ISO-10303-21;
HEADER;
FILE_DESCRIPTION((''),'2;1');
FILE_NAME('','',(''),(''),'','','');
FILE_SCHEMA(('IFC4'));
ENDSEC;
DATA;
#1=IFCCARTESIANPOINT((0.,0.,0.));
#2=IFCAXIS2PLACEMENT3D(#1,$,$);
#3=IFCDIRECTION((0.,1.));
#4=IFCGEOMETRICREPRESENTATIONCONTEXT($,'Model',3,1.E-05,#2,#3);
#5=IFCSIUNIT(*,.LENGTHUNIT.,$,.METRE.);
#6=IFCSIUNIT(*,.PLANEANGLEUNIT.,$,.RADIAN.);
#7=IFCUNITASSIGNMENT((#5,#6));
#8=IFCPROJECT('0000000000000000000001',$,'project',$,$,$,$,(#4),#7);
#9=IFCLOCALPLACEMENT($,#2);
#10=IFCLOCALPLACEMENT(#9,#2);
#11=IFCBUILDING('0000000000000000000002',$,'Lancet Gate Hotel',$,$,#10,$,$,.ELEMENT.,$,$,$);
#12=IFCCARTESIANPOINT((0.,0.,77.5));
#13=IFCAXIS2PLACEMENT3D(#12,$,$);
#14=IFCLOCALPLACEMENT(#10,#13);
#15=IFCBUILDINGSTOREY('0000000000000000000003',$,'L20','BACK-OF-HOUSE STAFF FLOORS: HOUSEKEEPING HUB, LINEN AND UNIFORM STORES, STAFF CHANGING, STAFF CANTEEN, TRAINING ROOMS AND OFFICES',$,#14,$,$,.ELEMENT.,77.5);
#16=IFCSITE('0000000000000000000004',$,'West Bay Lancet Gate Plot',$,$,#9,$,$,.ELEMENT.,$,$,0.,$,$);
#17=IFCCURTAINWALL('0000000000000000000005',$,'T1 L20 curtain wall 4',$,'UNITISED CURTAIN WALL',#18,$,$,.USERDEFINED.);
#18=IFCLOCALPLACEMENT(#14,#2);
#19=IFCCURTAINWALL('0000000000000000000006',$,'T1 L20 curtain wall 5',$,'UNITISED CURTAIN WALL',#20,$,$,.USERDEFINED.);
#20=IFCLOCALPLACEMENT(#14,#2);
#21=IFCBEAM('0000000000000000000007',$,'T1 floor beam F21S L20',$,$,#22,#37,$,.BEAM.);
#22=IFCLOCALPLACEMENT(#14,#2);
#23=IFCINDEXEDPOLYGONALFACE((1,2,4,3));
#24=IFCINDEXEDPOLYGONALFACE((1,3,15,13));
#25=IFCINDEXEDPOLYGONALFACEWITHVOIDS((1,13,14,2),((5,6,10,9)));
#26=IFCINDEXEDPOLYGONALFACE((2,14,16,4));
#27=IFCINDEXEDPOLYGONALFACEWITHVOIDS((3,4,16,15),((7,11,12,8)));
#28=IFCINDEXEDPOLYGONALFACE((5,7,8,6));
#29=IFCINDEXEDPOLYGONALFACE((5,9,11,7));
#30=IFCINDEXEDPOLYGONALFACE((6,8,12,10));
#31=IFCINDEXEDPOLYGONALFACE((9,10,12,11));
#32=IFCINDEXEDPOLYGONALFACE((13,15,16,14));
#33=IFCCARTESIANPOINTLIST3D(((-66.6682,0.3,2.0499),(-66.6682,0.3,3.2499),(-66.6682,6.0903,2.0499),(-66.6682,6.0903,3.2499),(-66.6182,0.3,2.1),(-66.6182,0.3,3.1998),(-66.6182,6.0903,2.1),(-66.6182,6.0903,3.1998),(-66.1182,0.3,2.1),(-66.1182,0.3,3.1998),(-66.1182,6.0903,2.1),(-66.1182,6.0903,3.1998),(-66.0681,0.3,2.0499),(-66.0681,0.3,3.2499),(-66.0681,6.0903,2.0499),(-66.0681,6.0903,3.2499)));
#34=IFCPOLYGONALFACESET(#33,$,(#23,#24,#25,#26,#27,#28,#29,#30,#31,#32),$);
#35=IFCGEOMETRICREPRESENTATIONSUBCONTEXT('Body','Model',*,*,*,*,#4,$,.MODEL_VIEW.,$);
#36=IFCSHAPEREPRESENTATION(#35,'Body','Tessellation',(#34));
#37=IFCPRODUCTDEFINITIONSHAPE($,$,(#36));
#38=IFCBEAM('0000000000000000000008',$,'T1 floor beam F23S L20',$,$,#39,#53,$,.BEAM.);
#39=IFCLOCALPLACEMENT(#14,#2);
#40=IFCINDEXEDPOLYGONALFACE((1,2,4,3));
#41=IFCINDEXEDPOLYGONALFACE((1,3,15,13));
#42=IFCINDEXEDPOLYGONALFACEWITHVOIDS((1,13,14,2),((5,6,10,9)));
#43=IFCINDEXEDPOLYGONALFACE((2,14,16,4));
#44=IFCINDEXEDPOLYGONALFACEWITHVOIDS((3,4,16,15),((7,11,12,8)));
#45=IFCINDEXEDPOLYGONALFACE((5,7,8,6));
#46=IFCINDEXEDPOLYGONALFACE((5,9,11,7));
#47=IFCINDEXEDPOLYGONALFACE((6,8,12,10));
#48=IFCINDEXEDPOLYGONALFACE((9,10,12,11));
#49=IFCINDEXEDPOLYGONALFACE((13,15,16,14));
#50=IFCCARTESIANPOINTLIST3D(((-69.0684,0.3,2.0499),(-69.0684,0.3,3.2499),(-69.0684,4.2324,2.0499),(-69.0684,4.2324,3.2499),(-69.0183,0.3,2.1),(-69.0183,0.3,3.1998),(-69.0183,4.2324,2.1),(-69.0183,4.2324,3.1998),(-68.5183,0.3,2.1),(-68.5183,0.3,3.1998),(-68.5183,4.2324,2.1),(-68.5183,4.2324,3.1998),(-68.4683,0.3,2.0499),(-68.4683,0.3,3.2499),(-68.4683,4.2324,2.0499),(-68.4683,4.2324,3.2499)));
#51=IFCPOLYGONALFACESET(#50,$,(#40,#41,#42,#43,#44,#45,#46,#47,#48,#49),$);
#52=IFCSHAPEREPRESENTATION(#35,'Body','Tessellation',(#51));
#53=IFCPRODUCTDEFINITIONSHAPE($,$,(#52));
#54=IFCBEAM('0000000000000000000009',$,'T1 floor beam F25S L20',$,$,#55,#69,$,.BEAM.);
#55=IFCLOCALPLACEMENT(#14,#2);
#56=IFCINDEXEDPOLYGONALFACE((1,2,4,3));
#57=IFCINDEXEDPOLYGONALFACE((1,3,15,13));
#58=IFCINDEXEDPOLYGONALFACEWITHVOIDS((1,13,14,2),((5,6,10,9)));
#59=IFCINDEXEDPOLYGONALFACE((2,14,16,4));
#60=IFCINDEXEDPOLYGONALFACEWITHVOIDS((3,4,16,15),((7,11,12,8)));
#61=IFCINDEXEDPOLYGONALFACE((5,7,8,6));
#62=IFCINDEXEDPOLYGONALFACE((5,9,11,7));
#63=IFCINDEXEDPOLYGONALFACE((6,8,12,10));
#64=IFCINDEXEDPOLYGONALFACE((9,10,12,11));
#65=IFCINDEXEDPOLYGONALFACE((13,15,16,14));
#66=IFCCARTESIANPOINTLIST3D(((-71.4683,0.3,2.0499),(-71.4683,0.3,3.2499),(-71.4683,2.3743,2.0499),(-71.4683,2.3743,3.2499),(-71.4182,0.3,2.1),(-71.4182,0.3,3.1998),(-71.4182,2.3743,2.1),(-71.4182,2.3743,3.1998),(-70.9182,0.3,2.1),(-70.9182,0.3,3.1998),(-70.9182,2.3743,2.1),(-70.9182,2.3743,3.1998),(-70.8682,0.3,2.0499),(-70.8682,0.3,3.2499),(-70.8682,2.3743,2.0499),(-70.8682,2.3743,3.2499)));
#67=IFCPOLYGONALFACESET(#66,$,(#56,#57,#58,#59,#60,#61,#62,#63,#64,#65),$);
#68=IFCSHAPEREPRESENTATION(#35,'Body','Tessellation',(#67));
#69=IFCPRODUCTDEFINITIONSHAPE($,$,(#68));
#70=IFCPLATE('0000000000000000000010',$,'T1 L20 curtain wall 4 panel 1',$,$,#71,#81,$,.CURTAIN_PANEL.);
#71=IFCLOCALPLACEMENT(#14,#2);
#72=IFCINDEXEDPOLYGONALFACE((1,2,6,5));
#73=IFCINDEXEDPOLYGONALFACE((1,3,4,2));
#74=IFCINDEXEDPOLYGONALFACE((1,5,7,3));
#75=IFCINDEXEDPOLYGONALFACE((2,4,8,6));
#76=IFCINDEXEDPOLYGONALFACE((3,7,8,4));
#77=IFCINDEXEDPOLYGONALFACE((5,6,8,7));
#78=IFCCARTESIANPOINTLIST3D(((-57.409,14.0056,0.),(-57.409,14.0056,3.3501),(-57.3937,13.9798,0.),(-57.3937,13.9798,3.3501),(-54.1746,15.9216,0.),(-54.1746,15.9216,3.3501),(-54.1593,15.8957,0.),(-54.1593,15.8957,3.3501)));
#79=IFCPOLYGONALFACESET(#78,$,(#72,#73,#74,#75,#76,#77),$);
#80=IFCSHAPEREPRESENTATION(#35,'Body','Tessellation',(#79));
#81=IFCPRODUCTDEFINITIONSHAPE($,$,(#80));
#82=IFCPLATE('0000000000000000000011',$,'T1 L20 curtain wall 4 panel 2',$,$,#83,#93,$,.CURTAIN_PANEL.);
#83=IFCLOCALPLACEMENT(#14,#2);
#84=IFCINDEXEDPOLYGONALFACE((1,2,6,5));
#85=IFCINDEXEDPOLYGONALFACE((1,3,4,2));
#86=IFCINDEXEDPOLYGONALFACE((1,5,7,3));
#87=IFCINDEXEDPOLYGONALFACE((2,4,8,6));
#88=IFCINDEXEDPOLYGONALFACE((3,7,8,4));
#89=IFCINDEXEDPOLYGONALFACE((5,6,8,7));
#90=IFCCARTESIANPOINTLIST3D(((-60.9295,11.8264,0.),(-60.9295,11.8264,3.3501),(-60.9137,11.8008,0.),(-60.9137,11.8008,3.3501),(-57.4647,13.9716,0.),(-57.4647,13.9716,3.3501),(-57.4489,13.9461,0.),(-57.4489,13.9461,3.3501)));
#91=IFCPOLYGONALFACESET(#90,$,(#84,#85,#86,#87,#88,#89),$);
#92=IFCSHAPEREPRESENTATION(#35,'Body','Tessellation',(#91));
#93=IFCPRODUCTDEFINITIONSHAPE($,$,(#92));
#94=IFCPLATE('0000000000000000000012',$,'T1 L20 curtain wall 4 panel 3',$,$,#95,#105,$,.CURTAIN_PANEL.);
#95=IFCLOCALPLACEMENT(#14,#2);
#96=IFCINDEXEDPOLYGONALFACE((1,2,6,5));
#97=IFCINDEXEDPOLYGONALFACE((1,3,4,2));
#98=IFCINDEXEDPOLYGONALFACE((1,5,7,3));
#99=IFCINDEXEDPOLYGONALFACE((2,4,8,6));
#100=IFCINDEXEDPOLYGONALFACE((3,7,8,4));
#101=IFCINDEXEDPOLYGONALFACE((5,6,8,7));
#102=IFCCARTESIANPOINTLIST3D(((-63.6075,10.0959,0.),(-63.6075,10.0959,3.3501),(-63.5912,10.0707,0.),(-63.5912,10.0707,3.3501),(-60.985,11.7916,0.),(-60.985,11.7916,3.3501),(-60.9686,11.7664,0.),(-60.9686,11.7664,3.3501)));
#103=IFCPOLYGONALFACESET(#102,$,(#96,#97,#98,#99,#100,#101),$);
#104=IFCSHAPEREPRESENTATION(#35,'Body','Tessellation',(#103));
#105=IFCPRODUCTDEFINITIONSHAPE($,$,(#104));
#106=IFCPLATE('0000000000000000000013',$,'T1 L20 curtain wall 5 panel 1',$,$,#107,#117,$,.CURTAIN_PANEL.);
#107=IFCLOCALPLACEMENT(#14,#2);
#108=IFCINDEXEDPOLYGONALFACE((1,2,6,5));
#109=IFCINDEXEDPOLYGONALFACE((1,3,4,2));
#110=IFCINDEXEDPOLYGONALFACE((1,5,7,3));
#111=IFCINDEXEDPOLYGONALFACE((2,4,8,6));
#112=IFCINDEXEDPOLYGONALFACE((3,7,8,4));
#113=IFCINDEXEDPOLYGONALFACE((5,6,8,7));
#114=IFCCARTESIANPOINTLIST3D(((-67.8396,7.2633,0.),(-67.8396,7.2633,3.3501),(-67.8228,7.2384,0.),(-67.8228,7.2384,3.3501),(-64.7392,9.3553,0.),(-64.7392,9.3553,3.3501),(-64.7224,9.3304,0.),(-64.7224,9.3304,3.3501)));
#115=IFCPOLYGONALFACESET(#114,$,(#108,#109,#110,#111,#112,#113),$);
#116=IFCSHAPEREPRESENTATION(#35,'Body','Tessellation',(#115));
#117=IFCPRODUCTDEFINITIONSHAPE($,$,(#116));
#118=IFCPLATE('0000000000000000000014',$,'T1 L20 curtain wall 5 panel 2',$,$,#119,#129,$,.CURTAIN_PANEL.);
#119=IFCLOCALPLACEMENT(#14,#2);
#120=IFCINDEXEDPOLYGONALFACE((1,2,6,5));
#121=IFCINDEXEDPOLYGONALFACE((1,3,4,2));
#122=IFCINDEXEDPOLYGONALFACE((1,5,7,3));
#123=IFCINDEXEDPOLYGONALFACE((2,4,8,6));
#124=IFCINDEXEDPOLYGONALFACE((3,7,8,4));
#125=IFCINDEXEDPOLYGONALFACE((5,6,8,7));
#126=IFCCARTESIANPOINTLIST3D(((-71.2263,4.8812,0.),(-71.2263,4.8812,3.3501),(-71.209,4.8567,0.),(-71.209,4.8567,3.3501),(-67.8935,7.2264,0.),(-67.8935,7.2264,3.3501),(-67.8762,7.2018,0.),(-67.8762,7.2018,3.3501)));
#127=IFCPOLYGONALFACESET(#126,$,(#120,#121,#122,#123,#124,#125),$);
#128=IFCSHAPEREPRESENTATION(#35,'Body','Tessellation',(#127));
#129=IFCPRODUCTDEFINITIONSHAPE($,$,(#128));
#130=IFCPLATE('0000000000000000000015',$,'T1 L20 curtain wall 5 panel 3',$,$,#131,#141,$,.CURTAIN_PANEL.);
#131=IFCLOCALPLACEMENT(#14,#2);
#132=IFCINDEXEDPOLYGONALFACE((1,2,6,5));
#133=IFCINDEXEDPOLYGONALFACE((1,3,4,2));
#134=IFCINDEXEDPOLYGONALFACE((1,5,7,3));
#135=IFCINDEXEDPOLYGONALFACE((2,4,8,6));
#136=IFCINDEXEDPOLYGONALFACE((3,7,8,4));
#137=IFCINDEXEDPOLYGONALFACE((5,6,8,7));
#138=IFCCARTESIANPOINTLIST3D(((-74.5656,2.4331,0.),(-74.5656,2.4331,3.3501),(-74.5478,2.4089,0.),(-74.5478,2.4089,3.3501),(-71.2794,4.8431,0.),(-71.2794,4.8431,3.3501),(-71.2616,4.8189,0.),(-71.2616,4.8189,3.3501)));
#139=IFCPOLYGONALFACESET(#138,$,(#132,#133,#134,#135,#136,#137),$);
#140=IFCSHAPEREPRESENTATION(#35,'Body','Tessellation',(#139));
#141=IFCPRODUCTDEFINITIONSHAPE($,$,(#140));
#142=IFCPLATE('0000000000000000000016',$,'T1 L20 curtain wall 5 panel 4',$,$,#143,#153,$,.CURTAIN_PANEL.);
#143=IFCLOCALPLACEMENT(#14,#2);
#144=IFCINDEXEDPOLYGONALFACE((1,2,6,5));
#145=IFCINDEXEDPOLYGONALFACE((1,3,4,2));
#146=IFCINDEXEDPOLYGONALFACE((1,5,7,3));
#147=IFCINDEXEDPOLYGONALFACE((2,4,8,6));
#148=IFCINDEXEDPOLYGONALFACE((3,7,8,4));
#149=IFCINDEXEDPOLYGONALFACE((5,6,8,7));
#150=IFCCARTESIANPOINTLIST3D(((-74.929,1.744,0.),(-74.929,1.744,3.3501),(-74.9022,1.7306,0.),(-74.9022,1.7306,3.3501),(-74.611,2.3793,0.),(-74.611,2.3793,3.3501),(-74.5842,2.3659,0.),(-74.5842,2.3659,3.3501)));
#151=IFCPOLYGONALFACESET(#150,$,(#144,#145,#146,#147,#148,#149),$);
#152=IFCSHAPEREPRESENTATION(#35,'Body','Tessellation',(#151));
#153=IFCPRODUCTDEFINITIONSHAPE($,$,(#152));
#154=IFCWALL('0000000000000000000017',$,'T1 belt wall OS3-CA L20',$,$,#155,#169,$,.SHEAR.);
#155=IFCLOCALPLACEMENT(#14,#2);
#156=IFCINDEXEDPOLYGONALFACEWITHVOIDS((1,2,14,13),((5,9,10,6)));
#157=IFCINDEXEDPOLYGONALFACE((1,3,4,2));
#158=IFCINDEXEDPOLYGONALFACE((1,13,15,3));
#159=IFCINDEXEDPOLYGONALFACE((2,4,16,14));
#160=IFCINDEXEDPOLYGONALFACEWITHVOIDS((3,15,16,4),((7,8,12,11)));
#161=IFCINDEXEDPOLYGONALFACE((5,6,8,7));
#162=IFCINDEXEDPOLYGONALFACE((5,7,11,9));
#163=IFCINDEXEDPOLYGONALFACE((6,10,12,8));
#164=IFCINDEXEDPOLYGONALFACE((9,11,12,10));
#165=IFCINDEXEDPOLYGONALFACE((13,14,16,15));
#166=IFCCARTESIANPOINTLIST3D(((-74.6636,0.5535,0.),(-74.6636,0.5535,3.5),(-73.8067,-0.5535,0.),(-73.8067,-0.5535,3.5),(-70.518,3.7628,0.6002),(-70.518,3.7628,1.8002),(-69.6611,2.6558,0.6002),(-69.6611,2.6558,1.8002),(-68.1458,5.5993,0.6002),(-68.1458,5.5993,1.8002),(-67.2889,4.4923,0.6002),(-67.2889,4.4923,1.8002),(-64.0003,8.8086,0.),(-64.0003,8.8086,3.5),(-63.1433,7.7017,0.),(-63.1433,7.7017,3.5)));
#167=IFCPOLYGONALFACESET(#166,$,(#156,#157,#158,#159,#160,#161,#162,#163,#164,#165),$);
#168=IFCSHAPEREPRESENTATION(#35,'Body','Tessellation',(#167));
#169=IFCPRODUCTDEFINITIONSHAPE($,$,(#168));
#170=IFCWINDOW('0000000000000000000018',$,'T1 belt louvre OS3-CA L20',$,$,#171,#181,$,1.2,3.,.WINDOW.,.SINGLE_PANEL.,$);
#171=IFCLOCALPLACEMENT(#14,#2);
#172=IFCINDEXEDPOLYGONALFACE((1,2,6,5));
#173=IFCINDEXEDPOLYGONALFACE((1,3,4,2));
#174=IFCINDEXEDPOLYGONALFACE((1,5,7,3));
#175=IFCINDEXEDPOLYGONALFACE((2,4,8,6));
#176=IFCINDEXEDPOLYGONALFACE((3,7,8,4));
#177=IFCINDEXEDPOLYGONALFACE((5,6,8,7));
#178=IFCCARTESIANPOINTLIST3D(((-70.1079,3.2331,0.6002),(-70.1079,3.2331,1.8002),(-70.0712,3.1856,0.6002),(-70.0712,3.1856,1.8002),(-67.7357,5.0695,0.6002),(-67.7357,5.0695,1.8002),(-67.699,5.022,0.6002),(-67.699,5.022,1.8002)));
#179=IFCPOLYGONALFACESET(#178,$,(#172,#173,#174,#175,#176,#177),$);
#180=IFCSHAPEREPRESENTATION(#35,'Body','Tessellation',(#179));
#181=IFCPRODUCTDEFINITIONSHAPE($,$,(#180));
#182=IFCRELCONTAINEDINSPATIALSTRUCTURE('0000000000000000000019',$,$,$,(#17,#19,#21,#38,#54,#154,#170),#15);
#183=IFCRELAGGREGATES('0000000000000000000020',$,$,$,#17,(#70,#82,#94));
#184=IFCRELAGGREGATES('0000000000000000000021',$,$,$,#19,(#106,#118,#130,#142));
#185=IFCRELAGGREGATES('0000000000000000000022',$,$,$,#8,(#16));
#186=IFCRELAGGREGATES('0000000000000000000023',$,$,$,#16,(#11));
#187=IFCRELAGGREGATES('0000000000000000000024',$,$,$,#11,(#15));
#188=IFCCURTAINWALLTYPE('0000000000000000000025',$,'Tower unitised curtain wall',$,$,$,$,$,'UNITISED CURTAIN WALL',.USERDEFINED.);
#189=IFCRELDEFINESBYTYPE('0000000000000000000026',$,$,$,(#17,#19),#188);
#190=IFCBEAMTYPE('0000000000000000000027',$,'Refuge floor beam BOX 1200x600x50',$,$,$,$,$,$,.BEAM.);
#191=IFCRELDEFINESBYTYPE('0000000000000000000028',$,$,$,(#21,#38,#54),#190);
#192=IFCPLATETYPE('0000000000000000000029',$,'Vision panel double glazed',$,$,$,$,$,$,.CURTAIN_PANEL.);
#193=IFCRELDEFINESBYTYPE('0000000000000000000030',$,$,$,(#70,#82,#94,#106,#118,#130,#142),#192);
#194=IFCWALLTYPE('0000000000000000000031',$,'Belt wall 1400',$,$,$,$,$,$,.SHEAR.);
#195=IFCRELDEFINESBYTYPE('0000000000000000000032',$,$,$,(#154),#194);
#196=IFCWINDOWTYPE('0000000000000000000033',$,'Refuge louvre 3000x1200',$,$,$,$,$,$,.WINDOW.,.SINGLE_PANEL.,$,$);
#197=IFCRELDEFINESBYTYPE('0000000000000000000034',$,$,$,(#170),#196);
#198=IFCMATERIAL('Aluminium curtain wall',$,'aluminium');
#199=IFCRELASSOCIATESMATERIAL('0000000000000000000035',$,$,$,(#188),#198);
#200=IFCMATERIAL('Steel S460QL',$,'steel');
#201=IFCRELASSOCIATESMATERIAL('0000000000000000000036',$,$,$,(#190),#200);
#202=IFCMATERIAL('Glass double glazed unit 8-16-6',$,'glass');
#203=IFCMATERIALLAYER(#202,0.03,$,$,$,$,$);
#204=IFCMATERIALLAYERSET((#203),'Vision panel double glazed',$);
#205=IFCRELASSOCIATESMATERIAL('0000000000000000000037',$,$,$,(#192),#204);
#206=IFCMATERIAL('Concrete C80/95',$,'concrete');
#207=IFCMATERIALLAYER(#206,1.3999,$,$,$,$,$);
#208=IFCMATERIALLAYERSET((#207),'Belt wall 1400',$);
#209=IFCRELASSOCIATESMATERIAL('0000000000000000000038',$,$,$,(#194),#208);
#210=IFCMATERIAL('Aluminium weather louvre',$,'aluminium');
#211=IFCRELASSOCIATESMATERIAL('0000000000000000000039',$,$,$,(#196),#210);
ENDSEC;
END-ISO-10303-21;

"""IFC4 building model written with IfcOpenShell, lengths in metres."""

from ifc_helpers import new_model, si_unit, direction, frame, frame_2d, origin, origin_2d, place, context, subcontext, project, spatial, rectangle, hollow_rectangle, extrude, material, layer, layer_set, material_profile, profile_set, type_object, element, fill, aggregate, save


model = new_model("IFC4")

# Units and contexts
model_context = context("Model", 3, precision=1e-05, world=origin(), true_north=direction((0.0, 1.0)))
body_context = subcontext(model_context, "Body", "Model", "MODEL_VIEW")
ifc_project = project(units=[si_unit("LENGTHUNIT", "METRE"), si_unit("PLANEANGLEUNIT", "RADIAN")], contexts=[model_context])

# Site, building, storey
site_placement = place(None, origin())
site = spatial("IfcSite", under=ifc_project, at=site_placement, Name="West Bay Lancet Gate Plot", CompositionType="ELEMENT", RefElevation=0.0)
building_placement = place(site_placement, origin())
building = spatial("IfcBuilding", under=site, at=building_placement, Name="Lancet Gate Hotel", CompositionType="ELEMENT")
storey_placement = place(building_placement, frame((0.0, 0.0, 77.5)))
storey = spatial("IfcBuildingStorey", under=building, at=storey_placement, Name="L20", Description="BACK-OF-HOUSE STAFF FLOORS: HOUSEKEEPING HUB, LINEN AND UNIFORM STORES, STAFF CHANGING, STAFF CANTEEN, TRAINING ROOMS AND OFFICES", CompositionType="ELEMENT", Elevation=77.5)

# Curtain walls
ifc_material_1 = material(Name="Aluminium curtain wall", Category="aluminium")
curtain_wall_type = type_object("IfcCurtainWallType", Name="Tower unitised curtain wall", ElementType="UNITISED CURTAIN WALL", PredefinedType="USERDEFINED", material=ifc_material_1)
curtain_wall_1_placement = place(storey_placement, origin())
curtain_wall_1 = element("IfcCurtainWall", 1, at=curtain_wall_1_placement, inside=storey, type_object=curtain_wall_type, Name="T1 L20 curtain wall 4", ObjectType="UNITISED CURTAIN WALL", PredefinedType="USERDEFINED")
curtain_wall_2_placement = place(storey_placement, origin())
curtain_wall_2 = element("IfcCurtainWall", 2, at=curtain_wall_2_placement, inside=storey, type_object=curtain_wall_type, Name="T1 L20 curtain wall 5", ObjectType="UNITISED CURTAIN WALL", PredefinedType="USERDEFINED")

# Beams
ifc_material_2 = material(Name="Steel S460QL", Category="steel")
ifc_material_profile_1 = material_profile(ifc_material_2, hollow_rectangle(XDim=0.6001, YDim=1.2, WallThickness=0.05, at=origin_2d()), Name="BOX 1200x600x50")
ifc_profile_set_1 = profile_set([ifc_material_profile_1], Name="Steel S460QL")
beam_type = type_object("IfcBeamType", Name="Refuge floor beam BOX 1200x600x50", PredefinedType="BEAM", material=ifc_profile_set_1)
beam_1_placement = place(storey_placement, frame((-66.3682, 6.0903, 2.6499), z_axis=(0.0, -1.0, 0.0), x_axis=(1.0, 0.0, 0.0)))
element("IfcBeam", 3, at=beam_1_placement, inside=storey, type_object=beam_type, Name="T1 floor beam F21S L20", PredefinedType="BEAM", context=body_context, shape_type="SweptSolid", body=[
    extrude(hollow_rectangle(XDim=0.6001, YDim=1.2, WallThickness=0.05, at=origin_2d()), origin(), (0.0, 0.0, 1.0), 5.7903),
])
beam_2_placement = place(storey_placement, frame((-68.7683, 4.2324, 2.6499), z_axis=(0.0, -1.0, 0.0), x_axis=(1.0, 0.0, 0.0)))
element("IfcBeam", 4, at=beam_2_placement, inside=storey, type_object=beam_type, Name="T1 floor beam F23S L20", PredefinedType="BEAM", context=body_context, shape_type="SweptSolid", body=[
    extrude(hollow_rectangle(XDim=0.6001, YDim=1.2, WallThickness=0.05, at=origin_2d()), origin(), (0.0, 0.0, 1.0), 3.9324),
])
beam_3_placement = place(storey_placement, frame((-71.1682, 2.3743, 2.6499), z_axis=(0.0, -1.0, 0.0), x_axis=(1.0, 0.0, 0.0)))
element("IfcBeam", 5, at=beam_3_placement, inside=storey, type_object=beam_type, Name="T1 floor beam F25S L20", PredefinedType="BEAM", context=body_context, shape_type="SweptSolid", body=[
    extrude(hollow_rectangle(XDim=0.6001, YDim=1.2, WallThickness=0.05, at=origin_2d()), origin(), (0.0, 0.0, 1.0), 2.0742),
])

# Plates
ifc_material_3 = material(Name="Glass double glazed unit 8-16-6", Category="glass")
ifc_layer_1 = layer(ifc_material_3, 0.03)
ifc_layer_set_1 = layer_set([ifc_layer_1], Name="Vision panel double glazed")
plate_type = type_object("IfcPlateType", Name="Vision panel double glazed", PredefinedType="CURTAIN_PANEL", material=ifc_layer_set_1)
plate_1_placement = place(storey_placement, frame((-55.7842, 14.9507, 0.0), z_axis=(0.0, 0.0, 1.0), x_axis=(-0.860382, -0.50965, 0.0)))
plate_1 = element("IfcPlate", 6, at=plate_1_placement, type_object=plate_type, Name="T1 L20 curtain wall 4 panel 1", PredefinedType="CURTAIN_PANEL", context=body_context, shape_type="SweptSolid", body=[
    extrude(rectangle(XDim=3.7593, YDim=0.03, at=origin_2d()), origin(), (0.0, 0.0, 1.0), 3.3501),
])
plate_2_placement = place(storey_placement, frame((-59.1892, 12.8862, 0.0), z_axis=(0.0, 0.0, 1.0), x_axis=(-0.850229, -0.526414, 0.0)))
plate_2 = element("IfcPlate", 7, at=plate_2_placement, type_object=plate_type, Name="T1 L20 curtain wall 4 panel 2", PredefinedType="CURTAIN_PANEL", context=body_context, shape_type="SweptSolid", body=[
    extrude(rectangle(XDim=4.0752, YDim=0.03, at=origin_2d()), origin(), (0.0, 0.0, 1.0), 3.3501),
])
plate_3_placement = place(storey_placement, frame((-62.2881, 10.9312, 0.0), z_axis=(0.0, 0.0, 1.0), x_axis=(-0.839749, -0.542975, 0.0)))
plate_3 = element("IfcPlate", 8, at=plate_3_placement, type_object=plate_type, Name="T1 L20 curtain wall 4 panel 3", PredefinedType="CURTAIN_PANEL", context=body_context, shape_type="SweptSolid", body=[
    extrude(rectangle(XDim=3.123, YDim=0.03, at=origin_2d()), origin(), (0.0, 0.0, 1.0), 3.3501),
])
aggregate(curtain_wall_1, [plate_1, plate_2, plate_3])
plate_4_placement = place(storey_placement, frame((-66.281, 8.2969, 0.0), z_axis=(0.0, 0.0, 1.0), x_axis=(-0.828946, -0.559329, 0.0)))
plate_4 = element("IfcPlate", 9, at=plate_4_placement, type_object=plate_type, Name="T1 L20 curtain wall 5 panel 1", PredefinedType="CURTAIN_PANEL", context=body_context, shape_type="SweptSolid", body=[
    extrude(rectangle(XDim=3.7402, YDim=0.03, at=origin_2d()), origin(), (0.0, 0.0, 1.0), 3.3501),
])
plate_5_placement = place(storey_placement, frame((-69.5513, 6.0415, 0.0), z_axis=(0.0, 0.0, 1.0), x_axis=(-0.817825, -0.575467, 0.0)))
plate_5 = element("IfcPlate", 10, at=plate_5_placement, type_object=plate_type, Name="T1 L20 curtain wall 5 panel 2", PredefinedType="CURTAIN_PANEL", context=body_context, shape_type="SweptSolid", body=[
    extrude(rectangle(XDim=4.0752, YDim=0.03, at=origin_2d()), origin(), (0.0, 0.0, 1.0), 3.3501),
])
plate_6_placement = place(storey_placement, frame((-72.9136, 3.626, 0.0), z_axis=(0.0, 0.0, 1.0), x_axis=(-0.80639, -0.591384, 0.0)))
plate_6 = element("IfcPlate", 11, at=plate_6_placement, type_object=plate_type, Name="T1 L20 curtain wall 5 panel 3", PredefinedType="CURTAIN_PANEL", context=body_context, shape_type="SweptSolid", body=[
    extrude(rectangle(XDim=4.0752, YDim=0.03, at=origin_2d()), origin(), (0.0, 0.0, 1.0), 3.3501),
])
plate_7_placement = place(storey_placement, frame((-74.7566, 2.0549, 0.0), z_axis=(0.0, 0.0, 1.0), x_axis=(-0.447628, -0.89422, 0.0)))
plate_7 = element("IfcPlate", 12, at=plate_7_placement, type_object=plate_type, Name="T1 L20 curtain wall 5 panel 4", PredefinedType="CURTAIN_PANEL", context=body_context, shape_type="SweptSolid", body=[
    extrude(rectangle(XDim=0.7104, YDim=0.03, at=origin_2d()), origin(), (0.0, 0.0, 1.0), 3.3501),
])
aggregate(curtain_wall_2, [plate_4, plate_5, plate_6, plate_7])

# Wall, opening, window
ifc_material_4 = material(Name="Concrete C80/95", Category="concrete")
ifc_layer_2 = layer(ifc_material_4, 1.3999)
ifc_layer_set_2 = layer_set([ifc_layer_2], Name="Belt wall 1400")
wall_type_1 = type_object("IfcWallType", Name="Belt wall 1400", PredefinedType="SHEAR", material=ifc_layer_set_2)
wall_1_placement = place(storey_placement, frame((-63.5718, 8.2551, 0.0), z_axis=(0.0, 0.0, 1.0), x_axis=(-0.790736, -0.612157, 0.0)))
wall_1 = element("IfcWall", 13, at=wall_1_placement, inside=storey, type_object=wall_type_1, Name="T1 belt wall OS3-CA L20", PredefinedType="SHEAR", context=body_context, shape_type="SweptSolid", body=[
    extrude(rectangle(XDim=13.4854, YDim=1.3999, at=frame_2d((6.7427, 0.0))), origin(), (0.0, 0.0, 1.0), 3.5),
])
opening_placement = place(wall_1_placement, frame((5.2427, 0.0, 0.6001)))
opening = element("IfcOpeningElement", 14, at=opening_placement, cuts=wall_1, PredefinedType="OPENING", context=body_context, shape_type="SweptSolid", body=[
    extrude(rectangle(XDim=3.0, YDim=1.2, at=frame_2d((1.5, 0.6001))), frame((0.0, 0.71, 0.0), z_axis=(0.0, -1.0, 0.0), x_axis=(1.0, 0.0, 0.0)), (0.0, 0.0, 1.0), 1.4199),
])
ifc_material_5 = material(Name="Aluminium weather louvre", Category="aluminium")
window_type = type_object("IfcWindowType", Name="Refuge louvre 3000x1200", PartitioningType="SINGLE_PANEL", PredefinedType="WINDOW", material=ifc_material_5)
window_placement = place(opening_placement, origin())
window = element("IfcWindow", 15, at=window_placement, inside=storey, type_object=window_type, Name="T1 belt louvre OS3-CA L20", OverallHeight=1.2, OverallWidth=3.0, PartitioningType="SINGLE_PANEL", PredefinedType="WINDOW", context=body_context, shape_type="SweptSolid", body=[
    extrude(rectangle(XDim=3.0, YDim=1.2, at=frame_2d((1.5, 0.6001))), frame((0.0, 0.03, 0.0), z_axis=(0.0, -1.0, 0.0), x_axis=(1.0, 0.0, 0.0)), (0.0, 0.0, 1.0), 0.0601),
])
fill(opening, window)

save(model, "model.ifc")
